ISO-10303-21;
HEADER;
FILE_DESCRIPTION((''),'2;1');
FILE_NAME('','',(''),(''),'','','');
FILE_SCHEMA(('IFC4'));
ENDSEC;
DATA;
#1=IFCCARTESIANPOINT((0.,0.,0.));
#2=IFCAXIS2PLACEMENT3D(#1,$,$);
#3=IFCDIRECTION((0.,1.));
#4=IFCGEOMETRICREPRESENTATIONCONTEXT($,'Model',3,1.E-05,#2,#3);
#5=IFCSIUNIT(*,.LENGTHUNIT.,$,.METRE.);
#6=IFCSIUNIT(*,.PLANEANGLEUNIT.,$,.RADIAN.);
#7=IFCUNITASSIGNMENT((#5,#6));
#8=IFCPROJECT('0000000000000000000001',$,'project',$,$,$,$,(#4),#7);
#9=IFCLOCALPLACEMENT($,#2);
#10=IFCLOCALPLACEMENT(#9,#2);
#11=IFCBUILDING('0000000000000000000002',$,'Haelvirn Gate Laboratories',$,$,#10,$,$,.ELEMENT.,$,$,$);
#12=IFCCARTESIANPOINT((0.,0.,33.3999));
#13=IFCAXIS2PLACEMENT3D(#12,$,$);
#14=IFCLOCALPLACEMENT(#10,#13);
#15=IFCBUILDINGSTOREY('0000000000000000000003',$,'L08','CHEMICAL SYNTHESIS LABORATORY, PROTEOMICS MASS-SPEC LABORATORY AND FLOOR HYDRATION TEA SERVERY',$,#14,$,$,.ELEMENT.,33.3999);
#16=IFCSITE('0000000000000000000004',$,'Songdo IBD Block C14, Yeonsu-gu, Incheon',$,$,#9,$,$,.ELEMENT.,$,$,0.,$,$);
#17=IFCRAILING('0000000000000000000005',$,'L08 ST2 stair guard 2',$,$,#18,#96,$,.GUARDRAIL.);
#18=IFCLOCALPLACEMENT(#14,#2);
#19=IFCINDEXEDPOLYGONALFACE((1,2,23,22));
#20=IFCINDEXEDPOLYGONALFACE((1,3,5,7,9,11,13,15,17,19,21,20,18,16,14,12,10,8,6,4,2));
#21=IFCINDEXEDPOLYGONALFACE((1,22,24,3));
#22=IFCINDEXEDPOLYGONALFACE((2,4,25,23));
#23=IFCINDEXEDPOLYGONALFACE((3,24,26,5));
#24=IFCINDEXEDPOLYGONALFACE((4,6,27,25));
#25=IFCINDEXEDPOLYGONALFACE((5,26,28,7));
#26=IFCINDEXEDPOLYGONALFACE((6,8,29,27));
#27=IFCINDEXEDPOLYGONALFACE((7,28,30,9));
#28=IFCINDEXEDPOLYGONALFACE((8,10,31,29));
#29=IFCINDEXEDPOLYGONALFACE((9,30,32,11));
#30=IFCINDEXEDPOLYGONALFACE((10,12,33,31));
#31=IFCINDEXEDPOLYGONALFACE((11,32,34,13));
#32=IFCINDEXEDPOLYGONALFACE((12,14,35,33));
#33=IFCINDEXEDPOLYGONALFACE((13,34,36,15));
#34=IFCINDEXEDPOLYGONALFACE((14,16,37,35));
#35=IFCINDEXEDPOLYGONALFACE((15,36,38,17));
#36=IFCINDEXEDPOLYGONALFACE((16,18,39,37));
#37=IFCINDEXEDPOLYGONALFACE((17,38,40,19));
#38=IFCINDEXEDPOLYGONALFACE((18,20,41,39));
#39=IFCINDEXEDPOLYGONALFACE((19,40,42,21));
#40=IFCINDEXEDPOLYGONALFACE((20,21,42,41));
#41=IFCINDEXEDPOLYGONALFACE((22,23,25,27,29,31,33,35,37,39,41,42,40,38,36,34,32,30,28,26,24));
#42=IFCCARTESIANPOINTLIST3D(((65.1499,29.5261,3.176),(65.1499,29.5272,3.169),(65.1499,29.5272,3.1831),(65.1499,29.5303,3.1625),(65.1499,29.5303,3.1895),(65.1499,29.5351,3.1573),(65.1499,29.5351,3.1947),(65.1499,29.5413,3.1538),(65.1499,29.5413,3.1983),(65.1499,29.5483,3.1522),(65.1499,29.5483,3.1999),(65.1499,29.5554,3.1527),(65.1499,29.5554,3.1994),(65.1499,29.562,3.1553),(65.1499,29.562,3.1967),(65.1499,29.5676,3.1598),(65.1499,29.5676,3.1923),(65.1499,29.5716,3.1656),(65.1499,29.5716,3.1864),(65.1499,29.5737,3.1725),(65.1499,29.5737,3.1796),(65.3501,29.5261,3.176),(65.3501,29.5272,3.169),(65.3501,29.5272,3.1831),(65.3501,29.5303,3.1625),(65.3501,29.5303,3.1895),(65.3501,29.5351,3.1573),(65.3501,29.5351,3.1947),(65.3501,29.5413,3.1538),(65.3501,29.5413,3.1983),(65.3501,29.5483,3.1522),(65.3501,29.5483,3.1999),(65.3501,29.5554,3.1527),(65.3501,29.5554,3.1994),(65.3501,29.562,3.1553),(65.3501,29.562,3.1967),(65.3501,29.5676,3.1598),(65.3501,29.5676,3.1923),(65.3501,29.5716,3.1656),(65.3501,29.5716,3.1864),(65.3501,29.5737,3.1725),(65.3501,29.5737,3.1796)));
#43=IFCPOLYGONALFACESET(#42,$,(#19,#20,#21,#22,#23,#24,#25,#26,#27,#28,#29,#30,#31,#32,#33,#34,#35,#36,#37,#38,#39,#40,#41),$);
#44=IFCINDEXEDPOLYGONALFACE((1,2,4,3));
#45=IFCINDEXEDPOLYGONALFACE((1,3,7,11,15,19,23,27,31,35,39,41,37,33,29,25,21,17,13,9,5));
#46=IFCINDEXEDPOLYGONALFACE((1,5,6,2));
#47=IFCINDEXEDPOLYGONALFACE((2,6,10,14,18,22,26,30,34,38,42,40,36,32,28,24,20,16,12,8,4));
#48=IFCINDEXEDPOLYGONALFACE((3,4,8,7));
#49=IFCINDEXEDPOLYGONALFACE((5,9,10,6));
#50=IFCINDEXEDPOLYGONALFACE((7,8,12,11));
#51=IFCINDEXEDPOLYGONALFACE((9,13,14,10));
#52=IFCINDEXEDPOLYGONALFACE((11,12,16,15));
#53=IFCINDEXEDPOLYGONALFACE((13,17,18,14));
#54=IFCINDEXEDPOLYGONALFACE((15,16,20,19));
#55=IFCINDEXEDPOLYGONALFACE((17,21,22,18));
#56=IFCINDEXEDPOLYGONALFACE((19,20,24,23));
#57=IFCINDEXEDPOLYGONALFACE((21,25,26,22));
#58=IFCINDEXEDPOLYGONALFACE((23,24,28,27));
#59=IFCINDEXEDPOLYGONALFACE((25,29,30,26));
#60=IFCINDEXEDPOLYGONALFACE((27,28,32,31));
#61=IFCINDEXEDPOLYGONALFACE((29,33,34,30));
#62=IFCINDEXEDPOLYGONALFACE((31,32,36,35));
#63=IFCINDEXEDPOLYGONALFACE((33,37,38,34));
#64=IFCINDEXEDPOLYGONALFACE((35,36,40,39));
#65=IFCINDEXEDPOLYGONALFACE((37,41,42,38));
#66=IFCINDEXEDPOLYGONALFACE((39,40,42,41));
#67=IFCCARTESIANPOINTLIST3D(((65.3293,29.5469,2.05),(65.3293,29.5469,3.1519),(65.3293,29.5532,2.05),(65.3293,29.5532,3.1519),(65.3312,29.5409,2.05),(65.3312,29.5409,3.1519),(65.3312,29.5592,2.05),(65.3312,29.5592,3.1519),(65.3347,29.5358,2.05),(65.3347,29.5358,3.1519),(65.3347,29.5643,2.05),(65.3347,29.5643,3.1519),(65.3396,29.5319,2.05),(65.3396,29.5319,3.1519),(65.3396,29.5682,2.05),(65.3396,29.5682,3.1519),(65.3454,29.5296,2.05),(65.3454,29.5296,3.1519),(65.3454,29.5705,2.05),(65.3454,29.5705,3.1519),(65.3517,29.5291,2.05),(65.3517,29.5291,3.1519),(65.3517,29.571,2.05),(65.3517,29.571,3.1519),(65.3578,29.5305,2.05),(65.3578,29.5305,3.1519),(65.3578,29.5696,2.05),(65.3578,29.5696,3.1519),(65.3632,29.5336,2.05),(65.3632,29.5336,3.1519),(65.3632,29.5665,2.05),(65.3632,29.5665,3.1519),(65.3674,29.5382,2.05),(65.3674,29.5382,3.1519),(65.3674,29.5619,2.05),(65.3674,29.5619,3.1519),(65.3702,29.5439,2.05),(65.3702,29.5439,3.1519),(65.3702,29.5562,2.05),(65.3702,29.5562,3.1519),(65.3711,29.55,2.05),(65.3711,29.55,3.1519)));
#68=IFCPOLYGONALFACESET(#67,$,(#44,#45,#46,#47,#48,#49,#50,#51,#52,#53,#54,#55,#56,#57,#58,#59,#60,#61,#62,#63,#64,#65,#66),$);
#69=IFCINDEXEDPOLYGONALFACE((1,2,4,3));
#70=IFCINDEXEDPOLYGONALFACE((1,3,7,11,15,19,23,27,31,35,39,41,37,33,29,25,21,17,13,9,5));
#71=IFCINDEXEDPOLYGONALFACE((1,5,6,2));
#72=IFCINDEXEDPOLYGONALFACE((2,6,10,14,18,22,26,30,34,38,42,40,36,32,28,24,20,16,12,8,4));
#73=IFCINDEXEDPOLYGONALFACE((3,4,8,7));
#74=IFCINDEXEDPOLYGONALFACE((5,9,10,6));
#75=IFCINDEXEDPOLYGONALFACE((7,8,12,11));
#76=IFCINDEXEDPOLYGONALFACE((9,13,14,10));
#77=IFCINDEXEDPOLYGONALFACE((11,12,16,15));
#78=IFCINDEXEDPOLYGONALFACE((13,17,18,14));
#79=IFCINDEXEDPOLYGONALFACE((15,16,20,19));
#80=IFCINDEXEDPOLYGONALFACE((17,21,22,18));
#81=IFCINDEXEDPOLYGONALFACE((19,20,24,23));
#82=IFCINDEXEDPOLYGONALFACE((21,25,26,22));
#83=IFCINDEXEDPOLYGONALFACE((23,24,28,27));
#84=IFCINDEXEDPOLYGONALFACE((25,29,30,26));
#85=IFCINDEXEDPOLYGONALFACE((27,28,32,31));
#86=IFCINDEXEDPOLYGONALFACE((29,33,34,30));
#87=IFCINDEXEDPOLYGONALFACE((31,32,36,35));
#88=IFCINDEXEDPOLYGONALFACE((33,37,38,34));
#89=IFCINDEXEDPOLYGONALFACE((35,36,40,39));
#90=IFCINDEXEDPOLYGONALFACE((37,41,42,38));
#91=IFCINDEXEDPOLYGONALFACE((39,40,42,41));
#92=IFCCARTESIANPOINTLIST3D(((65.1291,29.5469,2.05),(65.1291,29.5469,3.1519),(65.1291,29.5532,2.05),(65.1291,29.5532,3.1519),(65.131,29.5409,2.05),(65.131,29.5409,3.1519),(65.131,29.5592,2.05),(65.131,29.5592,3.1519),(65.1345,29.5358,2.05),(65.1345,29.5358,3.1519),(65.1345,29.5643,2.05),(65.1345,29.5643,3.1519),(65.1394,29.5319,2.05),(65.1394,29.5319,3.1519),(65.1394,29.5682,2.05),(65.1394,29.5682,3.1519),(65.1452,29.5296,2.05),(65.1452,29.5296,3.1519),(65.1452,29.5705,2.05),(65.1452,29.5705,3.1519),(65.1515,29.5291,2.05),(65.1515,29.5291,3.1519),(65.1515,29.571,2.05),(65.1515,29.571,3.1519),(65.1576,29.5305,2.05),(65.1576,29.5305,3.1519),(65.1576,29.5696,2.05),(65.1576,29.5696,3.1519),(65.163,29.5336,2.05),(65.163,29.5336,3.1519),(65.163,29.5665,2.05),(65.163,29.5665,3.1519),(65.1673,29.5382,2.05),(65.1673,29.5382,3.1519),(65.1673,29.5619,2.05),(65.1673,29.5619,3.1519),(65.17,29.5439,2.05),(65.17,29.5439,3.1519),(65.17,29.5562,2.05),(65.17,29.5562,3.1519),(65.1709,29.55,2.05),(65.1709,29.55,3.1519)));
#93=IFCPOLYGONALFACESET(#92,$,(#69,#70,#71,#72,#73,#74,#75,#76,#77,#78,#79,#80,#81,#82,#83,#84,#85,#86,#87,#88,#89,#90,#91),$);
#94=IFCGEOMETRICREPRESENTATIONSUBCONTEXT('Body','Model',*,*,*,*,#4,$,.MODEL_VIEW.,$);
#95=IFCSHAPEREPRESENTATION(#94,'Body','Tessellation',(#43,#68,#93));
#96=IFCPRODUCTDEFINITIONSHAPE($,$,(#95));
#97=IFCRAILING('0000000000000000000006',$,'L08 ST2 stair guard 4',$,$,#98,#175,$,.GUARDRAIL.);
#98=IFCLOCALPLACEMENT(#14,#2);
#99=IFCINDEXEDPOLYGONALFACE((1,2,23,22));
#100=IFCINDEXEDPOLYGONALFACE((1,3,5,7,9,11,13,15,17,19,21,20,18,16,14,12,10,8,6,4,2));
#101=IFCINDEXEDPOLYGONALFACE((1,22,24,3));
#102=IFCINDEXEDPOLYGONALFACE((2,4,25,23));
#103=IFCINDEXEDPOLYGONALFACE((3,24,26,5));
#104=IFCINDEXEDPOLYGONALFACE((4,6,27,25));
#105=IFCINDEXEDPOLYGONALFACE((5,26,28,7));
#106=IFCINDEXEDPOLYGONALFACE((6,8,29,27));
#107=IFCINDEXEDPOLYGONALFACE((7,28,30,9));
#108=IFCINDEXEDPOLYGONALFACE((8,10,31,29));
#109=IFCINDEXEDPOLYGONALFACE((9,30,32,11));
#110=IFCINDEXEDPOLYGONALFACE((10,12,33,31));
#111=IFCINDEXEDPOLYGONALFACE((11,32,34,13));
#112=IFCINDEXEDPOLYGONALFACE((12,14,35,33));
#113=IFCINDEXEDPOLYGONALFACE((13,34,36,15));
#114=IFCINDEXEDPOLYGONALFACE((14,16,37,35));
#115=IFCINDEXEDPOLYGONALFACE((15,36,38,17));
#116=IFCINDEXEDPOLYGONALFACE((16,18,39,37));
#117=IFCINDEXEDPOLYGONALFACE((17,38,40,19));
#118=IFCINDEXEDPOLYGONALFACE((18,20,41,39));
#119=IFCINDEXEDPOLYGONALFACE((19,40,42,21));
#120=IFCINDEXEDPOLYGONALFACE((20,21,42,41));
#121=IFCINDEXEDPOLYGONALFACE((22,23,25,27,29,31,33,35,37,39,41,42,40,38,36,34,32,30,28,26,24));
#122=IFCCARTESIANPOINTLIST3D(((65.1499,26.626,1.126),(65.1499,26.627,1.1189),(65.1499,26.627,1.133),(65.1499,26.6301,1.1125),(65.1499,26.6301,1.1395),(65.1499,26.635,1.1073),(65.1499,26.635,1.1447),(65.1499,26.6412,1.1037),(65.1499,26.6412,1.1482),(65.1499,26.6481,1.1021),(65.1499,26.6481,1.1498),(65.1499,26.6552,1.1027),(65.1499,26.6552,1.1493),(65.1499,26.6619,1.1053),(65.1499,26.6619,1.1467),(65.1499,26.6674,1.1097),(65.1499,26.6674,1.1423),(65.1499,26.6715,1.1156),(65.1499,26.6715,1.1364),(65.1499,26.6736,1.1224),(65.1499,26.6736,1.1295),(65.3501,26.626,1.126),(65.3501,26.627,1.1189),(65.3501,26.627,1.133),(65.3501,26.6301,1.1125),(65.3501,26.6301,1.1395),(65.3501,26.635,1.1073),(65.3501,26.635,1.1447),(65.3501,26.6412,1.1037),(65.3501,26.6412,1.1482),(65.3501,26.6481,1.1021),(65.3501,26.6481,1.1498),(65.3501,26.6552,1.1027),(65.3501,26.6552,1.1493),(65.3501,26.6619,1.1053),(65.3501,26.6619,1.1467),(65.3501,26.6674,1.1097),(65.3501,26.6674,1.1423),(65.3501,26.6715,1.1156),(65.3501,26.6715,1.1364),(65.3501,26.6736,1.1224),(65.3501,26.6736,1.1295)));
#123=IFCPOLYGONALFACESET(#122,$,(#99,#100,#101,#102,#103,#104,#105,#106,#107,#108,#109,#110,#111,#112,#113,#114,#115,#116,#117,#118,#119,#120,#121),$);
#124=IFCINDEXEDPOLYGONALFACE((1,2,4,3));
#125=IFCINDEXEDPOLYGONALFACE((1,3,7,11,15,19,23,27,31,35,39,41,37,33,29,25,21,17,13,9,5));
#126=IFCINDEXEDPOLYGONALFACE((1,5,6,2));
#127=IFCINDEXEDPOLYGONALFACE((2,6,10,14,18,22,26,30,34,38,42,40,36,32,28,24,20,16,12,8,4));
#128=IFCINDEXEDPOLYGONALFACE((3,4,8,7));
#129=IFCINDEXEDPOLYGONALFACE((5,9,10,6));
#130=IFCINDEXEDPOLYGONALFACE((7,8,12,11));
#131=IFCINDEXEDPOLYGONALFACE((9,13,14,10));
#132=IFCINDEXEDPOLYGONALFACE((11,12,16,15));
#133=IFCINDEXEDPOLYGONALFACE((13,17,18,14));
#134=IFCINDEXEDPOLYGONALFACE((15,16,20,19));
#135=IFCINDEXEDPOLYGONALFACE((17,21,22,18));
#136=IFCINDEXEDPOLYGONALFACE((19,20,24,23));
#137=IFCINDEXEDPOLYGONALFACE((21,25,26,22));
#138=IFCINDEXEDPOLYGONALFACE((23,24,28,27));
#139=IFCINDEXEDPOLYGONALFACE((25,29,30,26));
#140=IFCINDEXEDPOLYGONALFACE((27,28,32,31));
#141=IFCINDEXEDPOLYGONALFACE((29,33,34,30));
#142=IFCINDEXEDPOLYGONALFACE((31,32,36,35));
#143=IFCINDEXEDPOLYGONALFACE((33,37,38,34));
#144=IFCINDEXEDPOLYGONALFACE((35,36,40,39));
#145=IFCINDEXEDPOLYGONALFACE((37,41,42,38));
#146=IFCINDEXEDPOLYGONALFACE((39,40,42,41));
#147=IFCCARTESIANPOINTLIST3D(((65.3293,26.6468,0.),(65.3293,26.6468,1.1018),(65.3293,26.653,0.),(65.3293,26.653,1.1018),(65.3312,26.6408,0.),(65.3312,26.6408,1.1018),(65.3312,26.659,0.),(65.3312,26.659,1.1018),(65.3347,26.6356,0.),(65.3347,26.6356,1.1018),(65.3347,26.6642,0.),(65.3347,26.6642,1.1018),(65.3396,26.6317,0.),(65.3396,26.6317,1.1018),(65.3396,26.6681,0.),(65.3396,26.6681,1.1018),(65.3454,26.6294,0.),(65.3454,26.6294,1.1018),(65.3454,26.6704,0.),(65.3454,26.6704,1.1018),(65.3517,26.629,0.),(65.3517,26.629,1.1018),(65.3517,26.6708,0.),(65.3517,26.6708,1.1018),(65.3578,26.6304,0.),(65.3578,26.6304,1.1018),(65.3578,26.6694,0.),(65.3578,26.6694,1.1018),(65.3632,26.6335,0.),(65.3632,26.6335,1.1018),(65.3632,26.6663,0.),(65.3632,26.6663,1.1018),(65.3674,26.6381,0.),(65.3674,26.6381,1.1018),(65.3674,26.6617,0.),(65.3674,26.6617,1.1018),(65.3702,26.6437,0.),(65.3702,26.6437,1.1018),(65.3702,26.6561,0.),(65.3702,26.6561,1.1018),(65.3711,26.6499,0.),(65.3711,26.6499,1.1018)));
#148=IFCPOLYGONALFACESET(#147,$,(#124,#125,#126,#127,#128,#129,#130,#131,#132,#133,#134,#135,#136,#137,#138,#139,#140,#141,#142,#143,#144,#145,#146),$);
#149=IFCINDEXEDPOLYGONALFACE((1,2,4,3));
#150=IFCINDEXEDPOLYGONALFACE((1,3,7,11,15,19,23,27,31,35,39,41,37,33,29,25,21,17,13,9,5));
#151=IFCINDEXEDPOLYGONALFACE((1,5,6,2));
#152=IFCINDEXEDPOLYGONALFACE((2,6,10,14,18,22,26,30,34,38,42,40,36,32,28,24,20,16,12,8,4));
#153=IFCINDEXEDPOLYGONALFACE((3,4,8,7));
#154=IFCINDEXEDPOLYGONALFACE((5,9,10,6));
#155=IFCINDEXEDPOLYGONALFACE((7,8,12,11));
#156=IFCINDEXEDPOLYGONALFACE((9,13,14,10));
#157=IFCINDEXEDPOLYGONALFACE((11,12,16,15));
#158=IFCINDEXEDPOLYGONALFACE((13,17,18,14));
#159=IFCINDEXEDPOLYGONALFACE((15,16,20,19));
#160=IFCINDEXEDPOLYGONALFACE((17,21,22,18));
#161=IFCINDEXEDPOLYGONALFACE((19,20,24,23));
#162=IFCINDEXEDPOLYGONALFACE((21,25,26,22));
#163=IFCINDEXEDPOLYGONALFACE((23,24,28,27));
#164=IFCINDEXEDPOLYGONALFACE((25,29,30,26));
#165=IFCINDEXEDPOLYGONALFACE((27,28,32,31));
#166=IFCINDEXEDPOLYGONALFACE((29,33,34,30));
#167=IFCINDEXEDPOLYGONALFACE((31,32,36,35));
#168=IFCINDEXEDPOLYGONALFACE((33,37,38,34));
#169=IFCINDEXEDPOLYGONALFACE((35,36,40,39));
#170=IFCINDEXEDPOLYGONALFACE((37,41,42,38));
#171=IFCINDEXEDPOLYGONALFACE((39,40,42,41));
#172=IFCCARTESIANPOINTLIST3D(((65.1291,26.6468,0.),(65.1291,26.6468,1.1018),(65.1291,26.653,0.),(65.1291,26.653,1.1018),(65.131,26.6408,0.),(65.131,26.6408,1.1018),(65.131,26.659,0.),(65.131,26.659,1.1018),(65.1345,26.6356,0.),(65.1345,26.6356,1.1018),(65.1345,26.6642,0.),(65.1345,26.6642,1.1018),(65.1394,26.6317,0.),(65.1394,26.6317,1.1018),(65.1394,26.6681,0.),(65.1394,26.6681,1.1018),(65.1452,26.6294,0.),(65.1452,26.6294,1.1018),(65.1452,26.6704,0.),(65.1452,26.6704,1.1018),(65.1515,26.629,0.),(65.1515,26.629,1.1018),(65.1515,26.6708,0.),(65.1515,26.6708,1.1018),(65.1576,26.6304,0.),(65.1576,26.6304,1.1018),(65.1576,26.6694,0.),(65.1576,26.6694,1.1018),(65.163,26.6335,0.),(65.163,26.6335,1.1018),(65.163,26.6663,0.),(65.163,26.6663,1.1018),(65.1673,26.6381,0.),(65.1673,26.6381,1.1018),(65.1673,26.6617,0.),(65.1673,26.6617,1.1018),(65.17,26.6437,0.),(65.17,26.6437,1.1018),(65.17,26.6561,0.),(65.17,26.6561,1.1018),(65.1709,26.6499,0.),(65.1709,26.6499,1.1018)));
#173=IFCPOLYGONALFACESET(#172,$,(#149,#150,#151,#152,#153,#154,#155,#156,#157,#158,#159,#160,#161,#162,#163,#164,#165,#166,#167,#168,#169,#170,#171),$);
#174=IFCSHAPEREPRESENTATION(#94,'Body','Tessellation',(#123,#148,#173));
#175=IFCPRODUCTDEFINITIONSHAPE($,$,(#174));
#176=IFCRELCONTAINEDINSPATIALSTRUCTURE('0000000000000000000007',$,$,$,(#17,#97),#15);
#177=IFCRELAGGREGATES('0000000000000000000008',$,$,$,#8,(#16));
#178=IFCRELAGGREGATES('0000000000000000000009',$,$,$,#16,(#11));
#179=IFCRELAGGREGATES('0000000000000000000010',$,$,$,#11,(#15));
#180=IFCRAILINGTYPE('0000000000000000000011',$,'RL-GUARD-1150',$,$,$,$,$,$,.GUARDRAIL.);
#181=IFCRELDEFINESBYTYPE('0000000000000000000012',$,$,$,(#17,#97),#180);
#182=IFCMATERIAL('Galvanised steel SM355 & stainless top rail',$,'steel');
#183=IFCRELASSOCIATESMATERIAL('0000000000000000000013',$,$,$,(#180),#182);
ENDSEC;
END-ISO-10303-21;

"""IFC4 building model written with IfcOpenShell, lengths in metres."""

from ifc_helpers import new_model, si_unit, direction, frame, origin, origin_2d, place, context, subcontext, project, spatial, circle, extrude, source, transform, mapped, material, type_object, element, save


model = new_model("IFC4")

# Units and contexts
model_context = context("Model", 3, precision=1e-05, world=origin(), true_north=direction((0.0, 1.0)))
body_context = subcontext(model_context, "Body", "Model", "MODEL_VIEW")
ifc_project = project(units=[si_unit("LENGTHUNIT", "METRE"), si_unit("PLANEANGLEUNIT", "RADIAN")], contexts=[model_context])

# Site, building, storey
site_placement = place(None, origin())
site = spatial("IfcSite", under=ifc_project, at=site_placement, Name="Songdo IBD Block C14, Yeonsu-gu, Incheon", CompositionType="ELEMENT", RefElevation=0.0)
building_placement = place(site_placement, origin())
building = spatial("IfcBuilding", under=site, at=building_placement, Name="Haelvirn Gate Laboratories", CompositionType="ELEMENT")
storey_placement = place(building_placement, frame((0.0, 0.0, 33.3999)))
storey = spatial("IfcBuildingStorey", under=building, at=storey_placement, Name="L08", Description="CHEMICAL SYNTHESIS LABORATORY, PROTEOMICS MASS-SPEC LABORATORY AND FLOOR HYDRATION TEA SERVERY", CompositionType="ELEMENT", Elevation=33.3999)

# Railings
ifc_material_1 = material(Name="Galvanised steel SM355 & stainless top rail", Category="steel")
railing_type_1 = type_object("IfcRailingType", Name="RL-GUARD-1150", PredefinedType="GUARDRAIL", material=ifc_material_1)
shared_shape_1 = source(origin(), body_context, "Body", "SweptSolid", [
    extrude(circle(Radius=0.0239, at=origin_2d()), frame((0.0, 0.0, 1.126), z_axis=(-1.0, 0.0, 0.0), x_axis=(0.0, -1.0, 0.0)), (0.0, 0.0, 1.0), 0.2002),
    extrude(circle(Radius=0.021, at=origin_2d()), origin(), (0.0, 0.0, 1.0), 1.1018),
    extrude(circle(Radius=0.021, at=origin_2d()), frame((-0.2002, 0.0, 0.0)), (0.0, 0.0, 1.0), 1.1018),
])
for number, where, name in (
    (1, (65.3501, 29.55, 2.05), "L08 ST2 stair guard 2"),
    (2, (65.3501, 26.6499, 0.0), "L08 ST2 stair guard 4"),
):
    element("IfcRailing", number, at=place(storey_placement, frame(where)), inside=storey, type_object=railing_type_1, Name=name, PredefinedType="GUARDRAIL", context=body_context, shape_type="MappedRepresentation", body=[
        mapped(shared_shape_1, transform((0.0, 0.0, 0.0), scale=1.0)),
    ])

save(model, "model.ifc")
